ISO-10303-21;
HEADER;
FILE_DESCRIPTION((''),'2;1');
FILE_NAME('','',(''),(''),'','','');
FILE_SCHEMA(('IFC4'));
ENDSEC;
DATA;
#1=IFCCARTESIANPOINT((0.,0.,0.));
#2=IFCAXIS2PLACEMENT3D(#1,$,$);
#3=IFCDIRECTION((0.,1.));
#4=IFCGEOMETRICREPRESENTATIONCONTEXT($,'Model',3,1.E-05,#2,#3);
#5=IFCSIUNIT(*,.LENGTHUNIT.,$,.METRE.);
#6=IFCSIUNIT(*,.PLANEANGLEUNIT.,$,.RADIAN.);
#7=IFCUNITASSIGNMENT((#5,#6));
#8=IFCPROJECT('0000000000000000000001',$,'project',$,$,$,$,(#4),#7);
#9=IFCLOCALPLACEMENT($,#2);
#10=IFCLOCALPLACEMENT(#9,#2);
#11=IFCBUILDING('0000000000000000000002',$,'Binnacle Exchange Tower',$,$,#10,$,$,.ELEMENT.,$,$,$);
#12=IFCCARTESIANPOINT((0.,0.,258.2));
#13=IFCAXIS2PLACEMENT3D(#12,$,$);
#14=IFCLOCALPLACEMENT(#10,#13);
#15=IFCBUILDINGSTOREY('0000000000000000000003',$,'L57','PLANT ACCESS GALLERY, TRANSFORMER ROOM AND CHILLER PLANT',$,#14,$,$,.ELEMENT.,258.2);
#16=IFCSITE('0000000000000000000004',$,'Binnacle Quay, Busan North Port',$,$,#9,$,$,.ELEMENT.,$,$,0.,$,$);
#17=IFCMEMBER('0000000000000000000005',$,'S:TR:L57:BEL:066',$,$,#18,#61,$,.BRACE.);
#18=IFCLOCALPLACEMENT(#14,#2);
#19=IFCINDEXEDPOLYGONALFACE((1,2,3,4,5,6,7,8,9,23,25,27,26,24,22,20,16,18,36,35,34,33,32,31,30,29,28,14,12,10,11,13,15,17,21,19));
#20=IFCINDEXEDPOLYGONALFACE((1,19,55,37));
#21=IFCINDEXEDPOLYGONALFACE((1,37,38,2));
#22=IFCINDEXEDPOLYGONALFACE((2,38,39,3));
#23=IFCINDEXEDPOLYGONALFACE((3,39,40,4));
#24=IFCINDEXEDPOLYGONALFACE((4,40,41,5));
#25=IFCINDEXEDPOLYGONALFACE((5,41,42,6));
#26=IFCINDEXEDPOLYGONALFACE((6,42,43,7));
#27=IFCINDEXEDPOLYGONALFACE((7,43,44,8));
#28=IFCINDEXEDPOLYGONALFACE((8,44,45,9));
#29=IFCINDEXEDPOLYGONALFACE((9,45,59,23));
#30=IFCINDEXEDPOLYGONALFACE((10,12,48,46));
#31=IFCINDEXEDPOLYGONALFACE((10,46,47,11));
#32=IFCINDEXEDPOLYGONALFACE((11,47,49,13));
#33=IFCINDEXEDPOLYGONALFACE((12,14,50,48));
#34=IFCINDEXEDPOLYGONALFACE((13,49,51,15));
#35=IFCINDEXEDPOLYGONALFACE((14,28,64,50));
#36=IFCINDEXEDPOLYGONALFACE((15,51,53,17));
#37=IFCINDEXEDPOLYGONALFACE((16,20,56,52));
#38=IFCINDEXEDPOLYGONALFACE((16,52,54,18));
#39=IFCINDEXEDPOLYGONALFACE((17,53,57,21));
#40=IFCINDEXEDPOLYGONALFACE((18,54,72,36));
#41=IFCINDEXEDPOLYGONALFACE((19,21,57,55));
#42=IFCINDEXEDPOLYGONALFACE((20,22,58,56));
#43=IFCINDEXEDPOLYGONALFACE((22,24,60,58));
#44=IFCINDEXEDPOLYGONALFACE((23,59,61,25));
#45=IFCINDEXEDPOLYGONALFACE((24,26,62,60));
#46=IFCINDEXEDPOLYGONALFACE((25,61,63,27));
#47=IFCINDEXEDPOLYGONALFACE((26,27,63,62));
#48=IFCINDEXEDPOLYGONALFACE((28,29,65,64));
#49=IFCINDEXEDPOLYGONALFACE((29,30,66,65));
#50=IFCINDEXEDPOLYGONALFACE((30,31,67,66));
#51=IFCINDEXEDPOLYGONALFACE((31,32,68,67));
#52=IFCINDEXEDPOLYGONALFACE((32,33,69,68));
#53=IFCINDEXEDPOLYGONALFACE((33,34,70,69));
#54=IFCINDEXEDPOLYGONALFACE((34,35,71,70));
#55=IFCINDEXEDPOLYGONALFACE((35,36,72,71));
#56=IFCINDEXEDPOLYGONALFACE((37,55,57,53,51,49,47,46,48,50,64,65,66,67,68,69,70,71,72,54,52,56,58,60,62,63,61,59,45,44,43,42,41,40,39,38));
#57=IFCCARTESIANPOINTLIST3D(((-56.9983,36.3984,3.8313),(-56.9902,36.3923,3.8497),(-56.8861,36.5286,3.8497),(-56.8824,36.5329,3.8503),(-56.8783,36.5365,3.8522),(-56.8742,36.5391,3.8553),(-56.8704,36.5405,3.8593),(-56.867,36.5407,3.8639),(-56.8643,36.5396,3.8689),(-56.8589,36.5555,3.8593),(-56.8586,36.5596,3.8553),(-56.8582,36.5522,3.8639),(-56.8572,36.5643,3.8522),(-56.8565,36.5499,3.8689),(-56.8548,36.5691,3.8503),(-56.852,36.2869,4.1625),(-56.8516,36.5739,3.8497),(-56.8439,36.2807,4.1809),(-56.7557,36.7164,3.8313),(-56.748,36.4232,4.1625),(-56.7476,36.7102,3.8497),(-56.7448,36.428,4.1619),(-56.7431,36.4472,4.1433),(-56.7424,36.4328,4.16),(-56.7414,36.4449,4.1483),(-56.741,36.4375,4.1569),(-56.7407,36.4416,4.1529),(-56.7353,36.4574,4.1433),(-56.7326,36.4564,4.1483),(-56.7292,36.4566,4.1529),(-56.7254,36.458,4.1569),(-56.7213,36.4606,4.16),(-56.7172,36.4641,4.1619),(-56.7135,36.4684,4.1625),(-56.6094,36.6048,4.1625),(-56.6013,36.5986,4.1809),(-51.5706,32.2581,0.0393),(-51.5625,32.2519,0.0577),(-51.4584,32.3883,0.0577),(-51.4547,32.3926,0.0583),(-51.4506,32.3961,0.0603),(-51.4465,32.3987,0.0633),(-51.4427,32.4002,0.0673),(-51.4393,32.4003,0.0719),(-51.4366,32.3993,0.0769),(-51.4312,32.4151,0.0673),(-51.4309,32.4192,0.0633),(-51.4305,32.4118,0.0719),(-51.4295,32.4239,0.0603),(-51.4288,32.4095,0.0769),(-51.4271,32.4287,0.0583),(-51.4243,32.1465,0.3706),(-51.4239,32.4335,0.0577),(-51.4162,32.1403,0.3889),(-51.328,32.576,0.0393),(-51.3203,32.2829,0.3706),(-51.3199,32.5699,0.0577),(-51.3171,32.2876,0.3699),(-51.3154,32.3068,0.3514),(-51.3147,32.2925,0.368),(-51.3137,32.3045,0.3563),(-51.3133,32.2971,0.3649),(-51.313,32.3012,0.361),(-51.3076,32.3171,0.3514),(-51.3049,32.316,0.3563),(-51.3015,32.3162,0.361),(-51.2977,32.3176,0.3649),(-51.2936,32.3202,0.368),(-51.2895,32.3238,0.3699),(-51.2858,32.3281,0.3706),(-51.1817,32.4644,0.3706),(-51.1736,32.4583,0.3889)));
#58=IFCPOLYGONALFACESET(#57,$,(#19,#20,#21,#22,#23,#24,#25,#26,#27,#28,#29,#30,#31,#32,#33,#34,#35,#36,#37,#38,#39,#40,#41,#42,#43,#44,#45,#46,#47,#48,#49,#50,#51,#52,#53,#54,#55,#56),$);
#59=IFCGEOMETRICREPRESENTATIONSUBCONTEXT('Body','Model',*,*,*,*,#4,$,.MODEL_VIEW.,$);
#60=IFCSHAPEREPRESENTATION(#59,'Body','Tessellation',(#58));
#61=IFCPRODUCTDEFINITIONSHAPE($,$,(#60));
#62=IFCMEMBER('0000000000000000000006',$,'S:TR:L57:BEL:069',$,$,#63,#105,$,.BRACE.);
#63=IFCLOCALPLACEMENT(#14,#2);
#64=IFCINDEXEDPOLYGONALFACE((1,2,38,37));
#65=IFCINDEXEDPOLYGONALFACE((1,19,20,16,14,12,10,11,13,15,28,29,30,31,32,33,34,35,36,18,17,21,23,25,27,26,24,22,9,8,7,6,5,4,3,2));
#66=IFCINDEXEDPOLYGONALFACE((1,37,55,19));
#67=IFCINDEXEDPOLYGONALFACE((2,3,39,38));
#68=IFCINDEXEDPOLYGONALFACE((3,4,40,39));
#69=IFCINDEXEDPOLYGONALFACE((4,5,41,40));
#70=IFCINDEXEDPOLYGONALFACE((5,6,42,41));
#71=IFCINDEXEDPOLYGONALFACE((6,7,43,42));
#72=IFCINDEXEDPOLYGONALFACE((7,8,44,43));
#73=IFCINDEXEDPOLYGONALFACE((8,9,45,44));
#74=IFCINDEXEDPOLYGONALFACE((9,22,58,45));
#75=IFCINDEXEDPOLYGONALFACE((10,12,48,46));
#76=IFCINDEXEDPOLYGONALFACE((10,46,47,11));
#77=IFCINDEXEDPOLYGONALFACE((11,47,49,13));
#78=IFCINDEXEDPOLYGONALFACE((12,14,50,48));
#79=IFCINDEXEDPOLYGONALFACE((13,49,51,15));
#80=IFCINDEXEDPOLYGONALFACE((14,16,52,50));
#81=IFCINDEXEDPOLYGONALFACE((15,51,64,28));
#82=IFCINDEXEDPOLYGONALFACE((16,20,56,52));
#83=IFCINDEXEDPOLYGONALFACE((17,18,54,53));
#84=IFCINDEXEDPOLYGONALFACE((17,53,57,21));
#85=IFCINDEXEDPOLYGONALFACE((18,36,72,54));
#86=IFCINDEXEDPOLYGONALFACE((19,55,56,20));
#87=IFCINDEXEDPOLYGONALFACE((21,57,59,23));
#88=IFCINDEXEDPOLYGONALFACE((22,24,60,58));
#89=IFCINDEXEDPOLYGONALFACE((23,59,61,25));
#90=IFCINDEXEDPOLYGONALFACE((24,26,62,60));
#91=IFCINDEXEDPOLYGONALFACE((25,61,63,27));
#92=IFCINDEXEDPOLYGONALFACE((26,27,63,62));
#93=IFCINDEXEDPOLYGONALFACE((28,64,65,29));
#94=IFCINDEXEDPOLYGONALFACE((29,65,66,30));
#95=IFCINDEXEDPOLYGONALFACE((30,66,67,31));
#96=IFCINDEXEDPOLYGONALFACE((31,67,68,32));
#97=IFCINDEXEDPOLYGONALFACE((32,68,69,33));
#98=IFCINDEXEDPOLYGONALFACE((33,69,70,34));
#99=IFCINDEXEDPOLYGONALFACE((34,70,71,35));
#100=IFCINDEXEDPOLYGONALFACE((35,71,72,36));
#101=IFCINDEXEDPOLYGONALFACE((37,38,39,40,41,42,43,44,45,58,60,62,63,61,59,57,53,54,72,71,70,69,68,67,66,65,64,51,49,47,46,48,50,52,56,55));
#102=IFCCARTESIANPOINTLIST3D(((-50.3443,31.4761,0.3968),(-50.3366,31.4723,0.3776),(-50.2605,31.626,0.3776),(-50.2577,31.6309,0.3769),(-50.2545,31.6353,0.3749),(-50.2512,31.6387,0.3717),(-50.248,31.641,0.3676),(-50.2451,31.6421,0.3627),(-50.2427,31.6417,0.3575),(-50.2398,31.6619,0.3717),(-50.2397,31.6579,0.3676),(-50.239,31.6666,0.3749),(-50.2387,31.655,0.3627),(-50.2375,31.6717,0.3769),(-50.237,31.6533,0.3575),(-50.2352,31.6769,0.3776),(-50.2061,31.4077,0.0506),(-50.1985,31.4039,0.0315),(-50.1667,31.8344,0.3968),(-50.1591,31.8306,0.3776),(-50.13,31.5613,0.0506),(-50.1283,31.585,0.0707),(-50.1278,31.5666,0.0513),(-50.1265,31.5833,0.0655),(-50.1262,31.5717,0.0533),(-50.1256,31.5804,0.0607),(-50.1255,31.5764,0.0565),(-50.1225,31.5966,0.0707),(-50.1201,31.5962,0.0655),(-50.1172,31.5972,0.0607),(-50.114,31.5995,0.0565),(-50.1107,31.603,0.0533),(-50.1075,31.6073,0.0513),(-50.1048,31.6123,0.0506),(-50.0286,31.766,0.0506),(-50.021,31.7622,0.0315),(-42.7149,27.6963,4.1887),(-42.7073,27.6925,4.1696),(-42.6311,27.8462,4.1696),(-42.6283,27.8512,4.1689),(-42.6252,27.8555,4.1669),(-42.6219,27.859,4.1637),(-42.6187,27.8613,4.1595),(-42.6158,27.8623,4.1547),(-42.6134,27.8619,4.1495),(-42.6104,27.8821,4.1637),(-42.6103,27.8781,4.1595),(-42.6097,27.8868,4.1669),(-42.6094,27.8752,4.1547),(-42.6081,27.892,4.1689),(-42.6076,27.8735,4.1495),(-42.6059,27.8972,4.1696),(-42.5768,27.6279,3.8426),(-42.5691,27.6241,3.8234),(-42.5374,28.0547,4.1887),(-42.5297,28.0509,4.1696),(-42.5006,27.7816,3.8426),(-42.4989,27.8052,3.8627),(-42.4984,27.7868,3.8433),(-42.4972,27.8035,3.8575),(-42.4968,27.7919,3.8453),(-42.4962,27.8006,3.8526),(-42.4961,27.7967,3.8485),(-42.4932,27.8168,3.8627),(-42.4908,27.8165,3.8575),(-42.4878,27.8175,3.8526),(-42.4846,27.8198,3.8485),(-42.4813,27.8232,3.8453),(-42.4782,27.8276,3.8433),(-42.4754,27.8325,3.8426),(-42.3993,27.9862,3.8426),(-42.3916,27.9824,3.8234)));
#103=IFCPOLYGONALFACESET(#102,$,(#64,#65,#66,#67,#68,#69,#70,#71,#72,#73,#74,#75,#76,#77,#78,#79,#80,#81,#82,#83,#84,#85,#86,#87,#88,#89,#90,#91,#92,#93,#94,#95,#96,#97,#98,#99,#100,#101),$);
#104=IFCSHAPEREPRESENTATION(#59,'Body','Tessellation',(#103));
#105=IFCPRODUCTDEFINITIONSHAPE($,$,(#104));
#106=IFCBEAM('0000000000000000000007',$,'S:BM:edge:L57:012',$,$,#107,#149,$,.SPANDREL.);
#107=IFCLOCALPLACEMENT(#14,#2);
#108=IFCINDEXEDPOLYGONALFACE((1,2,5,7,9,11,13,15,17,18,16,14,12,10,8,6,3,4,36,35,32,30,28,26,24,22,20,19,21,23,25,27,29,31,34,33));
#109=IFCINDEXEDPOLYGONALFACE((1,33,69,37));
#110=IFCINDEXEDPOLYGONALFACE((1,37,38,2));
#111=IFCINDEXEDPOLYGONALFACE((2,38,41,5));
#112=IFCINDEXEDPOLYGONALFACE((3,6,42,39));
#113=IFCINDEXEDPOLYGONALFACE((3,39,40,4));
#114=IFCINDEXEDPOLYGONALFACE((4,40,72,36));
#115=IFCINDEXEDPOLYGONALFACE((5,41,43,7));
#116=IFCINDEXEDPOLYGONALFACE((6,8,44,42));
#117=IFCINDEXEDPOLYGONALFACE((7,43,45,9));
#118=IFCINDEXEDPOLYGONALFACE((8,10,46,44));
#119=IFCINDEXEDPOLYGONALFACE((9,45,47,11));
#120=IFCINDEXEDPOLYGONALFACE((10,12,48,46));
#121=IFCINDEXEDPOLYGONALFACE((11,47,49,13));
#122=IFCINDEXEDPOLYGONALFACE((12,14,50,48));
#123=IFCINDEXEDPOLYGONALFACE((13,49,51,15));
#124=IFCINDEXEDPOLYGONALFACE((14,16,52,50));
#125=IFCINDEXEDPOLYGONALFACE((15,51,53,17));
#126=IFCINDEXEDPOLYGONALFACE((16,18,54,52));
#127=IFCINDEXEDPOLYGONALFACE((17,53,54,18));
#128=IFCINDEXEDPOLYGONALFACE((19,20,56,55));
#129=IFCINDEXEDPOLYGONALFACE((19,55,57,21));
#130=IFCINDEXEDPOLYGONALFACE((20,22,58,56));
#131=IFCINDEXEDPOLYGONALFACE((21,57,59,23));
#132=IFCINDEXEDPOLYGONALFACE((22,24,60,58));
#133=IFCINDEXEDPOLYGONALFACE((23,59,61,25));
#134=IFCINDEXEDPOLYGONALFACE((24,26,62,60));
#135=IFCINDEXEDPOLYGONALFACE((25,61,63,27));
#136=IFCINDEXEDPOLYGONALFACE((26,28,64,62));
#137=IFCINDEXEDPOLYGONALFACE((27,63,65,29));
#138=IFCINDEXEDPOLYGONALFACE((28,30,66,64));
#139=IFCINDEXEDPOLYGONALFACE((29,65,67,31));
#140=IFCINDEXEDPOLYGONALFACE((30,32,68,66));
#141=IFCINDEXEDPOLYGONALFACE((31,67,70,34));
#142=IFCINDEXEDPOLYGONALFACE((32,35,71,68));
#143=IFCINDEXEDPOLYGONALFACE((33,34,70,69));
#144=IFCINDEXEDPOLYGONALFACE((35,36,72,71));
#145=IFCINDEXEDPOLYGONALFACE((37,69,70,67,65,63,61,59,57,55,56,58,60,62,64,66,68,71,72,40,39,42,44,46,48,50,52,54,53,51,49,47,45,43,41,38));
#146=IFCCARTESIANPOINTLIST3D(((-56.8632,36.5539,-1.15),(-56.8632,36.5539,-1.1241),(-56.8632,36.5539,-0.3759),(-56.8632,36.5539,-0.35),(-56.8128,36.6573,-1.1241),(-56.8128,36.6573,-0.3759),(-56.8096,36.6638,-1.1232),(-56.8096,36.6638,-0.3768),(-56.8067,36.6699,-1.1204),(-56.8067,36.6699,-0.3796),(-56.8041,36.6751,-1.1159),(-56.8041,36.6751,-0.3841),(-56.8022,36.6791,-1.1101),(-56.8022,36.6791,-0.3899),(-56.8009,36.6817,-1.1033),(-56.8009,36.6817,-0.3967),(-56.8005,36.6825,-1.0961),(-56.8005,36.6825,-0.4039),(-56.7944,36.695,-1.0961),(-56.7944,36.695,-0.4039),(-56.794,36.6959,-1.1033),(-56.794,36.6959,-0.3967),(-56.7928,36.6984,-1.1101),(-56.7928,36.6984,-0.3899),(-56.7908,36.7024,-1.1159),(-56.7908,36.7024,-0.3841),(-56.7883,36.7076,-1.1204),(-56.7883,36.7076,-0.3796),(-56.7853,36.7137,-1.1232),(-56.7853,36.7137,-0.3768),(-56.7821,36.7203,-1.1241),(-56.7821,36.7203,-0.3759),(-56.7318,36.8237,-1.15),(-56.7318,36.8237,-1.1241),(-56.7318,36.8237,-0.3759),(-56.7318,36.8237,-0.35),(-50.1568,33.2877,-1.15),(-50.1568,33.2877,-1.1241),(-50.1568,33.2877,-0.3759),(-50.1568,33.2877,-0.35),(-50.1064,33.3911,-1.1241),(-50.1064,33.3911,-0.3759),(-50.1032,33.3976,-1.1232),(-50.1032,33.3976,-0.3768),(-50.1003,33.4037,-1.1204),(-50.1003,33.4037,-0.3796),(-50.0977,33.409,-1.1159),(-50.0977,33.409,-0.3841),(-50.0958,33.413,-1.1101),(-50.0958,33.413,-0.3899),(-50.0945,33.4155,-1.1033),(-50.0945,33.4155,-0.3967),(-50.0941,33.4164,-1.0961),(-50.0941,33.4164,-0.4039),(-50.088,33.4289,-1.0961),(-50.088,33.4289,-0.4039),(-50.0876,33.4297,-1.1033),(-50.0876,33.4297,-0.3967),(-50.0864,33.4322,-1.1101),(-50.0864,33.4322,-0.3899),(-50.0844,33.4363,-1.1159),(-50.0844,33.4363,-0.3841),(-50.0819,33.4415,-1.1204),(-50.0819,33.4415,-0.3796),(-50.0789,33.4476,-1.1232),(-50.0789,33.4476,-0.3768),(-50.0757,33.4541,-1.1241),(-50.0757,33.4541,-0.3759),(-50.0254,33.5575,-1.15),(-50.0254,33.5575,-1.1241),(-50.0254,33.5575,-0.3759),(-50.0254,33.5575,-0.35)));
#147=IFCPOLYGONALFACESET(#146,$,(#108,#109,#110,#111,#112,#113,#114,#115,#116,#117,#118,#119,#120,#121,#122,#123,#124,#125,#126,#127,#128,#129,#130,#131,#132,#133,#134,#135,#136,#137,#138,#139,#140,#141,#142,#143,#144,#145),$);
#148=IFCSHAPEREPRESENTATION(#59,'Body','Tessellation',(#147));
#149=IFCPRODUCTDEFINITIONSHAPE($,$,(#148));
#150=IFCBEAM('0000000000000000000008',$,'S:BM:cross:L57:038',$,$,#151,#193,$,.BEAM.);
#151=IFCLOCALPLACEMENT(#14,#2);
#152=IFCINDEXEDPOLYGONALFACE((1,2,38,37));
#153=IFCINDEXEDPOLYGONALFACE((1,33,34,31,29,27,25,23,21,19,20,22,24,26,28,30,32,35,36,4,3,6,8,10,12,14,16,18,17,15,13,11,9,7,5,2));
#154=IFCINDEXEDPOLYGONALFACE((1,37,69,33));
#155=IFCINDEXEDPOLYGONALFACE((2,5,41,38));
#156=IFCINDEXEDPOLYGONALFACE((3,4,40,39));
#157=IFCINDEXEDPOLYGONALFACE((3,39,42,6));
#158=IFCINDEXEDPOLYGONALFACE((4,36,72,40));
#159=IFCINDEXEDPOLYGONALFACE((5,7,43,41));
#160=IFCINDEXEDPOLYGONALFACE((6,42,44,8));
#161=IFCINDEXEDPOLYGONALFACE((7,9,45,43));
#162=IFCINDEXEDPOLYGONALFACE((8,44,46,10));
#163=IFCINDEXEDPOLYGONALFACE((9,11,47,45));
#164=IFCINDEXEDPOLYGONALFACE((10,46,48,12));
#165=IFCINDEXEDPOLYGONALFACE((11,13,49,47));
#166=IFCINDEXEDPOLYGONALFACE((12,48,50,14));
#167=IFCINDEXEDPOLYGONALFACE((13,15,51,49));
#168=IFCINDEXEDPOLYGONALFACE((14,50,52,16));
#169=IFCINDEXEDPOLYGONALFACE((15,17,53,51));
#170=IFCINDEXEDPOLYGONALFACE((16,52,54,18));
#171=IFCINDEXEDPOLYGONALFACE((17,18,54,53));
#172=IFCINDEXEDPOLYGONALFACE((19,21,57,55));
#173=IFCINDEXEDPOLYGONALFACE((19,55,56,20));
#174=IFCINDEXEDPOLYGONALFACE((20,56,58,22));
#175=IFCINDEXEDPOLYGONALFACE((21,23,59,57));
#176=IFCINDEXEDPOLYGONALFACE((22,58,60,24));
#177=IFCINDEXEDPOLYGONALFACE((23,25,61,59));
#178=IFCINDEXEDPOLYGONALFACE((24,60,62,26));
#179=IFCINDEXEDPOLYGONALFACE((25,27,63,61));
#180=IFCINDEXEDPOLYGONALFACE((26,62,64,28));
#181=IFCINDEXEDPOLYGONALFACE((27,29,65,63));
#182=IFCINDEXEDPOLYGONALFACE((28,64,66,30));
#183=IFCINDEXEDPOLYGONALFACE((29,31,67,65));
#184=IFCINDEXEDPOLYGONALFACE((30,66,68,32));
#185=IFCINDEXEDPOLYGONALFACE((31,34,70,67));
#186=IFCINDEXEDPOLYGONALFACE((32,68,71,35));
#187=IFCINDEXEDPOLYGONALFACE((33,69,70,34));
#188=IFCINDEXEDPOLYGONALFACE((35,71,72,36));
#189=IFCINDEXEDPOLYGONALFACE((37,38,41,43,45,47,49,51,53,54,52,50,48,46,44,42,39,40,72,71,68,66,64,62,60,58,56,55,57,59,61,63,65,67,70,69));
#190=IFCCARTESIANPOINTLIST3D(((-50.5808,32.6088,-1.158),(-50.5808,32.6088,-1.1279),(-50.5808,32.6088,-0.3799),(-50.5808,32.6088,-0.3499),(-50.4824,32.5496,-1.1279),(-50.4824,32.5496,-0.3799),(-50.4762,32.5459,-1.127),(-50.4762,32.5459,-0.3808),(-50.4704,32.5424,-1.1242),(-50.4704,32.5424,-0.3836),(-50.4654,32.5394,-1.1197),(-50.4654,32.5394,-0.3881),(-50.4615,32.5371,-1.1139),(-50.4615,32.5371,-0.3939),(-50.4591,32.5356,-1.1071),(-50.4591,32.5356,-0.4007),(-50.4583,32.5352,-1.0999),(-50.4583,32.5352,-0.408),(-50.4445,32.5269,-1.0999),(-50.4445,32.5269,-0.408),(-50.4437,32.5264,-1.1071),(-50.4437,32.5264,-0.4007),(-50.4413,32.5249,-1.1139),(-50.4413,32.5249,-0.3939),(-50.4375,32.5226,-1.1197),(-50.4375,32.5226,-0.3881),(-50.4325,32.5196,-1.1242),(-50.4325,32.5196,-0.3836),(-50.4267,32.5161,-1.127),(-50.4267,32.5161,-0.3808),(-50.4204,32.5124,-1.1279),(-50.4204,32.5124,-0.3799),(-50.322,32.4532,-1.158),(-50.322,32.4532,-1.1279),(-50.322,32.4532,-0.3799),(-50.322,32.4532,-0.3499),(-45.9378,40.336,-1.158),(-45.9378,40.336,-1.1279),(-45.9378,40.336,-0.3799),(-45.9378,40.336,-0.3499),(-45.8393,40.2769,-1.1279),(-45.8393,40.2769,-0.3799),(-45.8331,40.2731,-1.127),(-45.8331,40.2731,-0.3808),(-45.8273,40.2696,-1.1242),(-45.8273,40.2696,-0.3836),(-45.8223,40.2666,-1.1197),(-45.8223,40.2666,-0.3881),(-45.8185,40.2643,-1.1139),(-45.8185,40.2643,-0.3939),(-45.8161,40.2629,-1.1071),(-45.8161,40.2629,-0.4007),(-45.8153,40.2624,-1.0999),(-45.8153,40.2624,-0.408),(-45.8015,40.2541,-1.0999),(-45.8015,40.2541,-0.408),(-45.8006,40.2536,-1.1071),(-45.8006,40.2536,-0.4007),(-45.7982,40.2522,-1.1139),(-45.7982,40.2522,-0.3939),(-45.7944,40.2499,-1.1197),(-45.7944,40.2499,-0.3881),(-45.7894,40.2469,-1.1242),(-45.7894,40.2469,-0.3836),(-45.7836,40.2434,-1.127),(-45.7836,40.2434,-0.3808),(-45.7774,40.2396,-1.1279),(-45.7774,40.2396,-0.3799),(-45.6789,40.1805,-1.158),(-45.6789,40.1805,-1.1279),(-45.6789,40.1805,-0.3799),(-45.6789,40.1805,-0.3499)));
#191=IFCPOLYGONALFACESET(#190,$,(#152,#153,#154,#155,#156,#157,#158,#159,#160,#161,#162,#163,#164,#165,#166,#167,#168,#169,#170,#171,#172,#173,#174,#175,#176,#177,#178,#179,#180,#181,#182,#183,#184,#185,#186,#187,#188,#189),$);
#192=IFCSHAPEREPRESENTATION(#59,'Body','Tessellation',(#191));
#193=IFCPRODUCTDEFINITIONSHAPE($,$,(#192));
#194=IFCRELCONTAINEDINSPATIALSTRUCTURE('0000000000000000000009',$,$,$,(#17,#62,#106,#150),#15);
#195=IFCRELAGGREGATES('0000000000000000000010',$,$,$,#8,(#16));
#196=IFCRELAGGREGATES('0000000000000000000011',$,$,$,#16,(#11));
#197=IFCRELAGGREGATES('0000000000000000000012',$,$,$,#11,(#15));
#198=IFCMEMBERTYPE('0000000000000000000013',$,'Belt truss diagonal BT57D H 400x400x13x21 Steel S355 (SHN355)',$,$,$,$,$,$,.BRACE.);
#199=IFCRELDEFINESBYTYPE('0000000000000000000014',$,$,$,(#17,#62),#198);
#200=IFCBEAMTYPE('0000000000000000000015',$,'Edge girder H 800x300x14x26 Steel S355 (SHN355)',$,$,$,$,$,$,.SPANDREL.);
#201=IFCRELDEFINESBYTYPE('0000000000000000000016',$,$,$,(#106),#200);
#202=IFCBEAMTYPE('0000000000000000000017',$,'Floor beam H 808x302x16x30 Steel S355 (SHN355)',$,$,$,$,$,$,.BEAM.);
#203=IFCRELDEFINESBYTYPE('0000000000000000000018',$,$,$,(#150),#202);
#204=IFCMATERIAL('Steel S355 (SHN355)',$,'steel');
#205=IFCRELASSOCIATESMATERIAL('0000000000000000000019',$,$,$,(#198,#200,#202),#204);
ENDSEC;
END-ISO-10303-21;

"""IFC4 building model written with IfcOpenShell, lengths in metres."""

from ifc_helpers import new_model, si_unit, direction, frame, origin, origin_2d, place, context, subcontext, project, spatial, i_section, extrude, material, material_profile, profile_set, type_object, element, save


model = new_model("IFC4")

# Units and contexts
model_context = context("Model", 3, precision=1e-05, world=origin(), true_north=direction((0.0, 1.0)))
body_context = subcontext(model_context, "Body", "Model", "MODEL_VIEW")
ifc_project = project(units=[si_unit("LENGTHUNIT", "METRE"), si_unit("PLANEANGLEUNIT", "RADIAN")], contexts=[model_context])

# Site, building, storey
site_placement = place(None, origin())
site = spatial("IfcSite", under=ifc_project, at=site_placement, Name="Binnacle Quay, Busan North Port", CompositionType="ELEMENT", RefElevation=0.0)
building_placement = place(site_placement, origin())
building = spatial("IfcBuilding", under=site, at=building_placement, Name="Binnacle Exchange Tower", CompositionType="ELEMENT")
storey_placement = place(building_placement, frame((0.0, 0.0, 258.2)))
storey = spatial("IfcBuildingStorey", under=building, at=storey_placement, Name="L57", Description="PLANT ACCESS GALLERY, TRANSFORMER ROOM AND CHILLER PLANT", CompositionType="ELEMENT", Elevation=258.2)

# Members
ifc_material_1 = material(Name="Steel S355 (SHN355)", Category="steel")
ifc_material_profile_1 = material_profile(ifc_material_1, i_section(OverallWidth=0.3999, OverallDepth=0.3999, WebThickness=0.0129, FlangeThickness=0.021, FilletRadius=0.022, at=origin_2d()), Name="H 400x400x13x21")
ifc_profile_set_1 = profile_set([ifc_material_profile_1], Name="Steel S355 (SHN355)")
member_type_1 = type_object("IfcMemberType", Name="Belt truss diagonal BT57D H 400x400x13x21 Steel S355 (SHN355)", PredefinedType="BRACE", material=ifc_profile_set_1)
member_1_placement = place(storey_placement, frame((-56.7998, 36.4985, 4.0061), z_axis=(0.695051, -0.530199, -0.485585), x_axis=(0.606503, 0.795081, 0.0)))
element("IfcMember", 1, at=member_1_placement, inside=storey, type_object=member_type_1, Name="S:TR:L57:BEL:066", PredefinedType="BRACE", context=body_context, shape_type="SweptSolid", body=[
    extrude(i_section(OverallWidth=0.3999, OverallDepth=0.3999, WebThickness=0.0129, FlangeThickness=0.021, FilletRadius=0.022, at=origin_2d()), origin(), (0.0, 0.0, 1.0), 7.8091),
])
member_2_placement = place(storey_placement, frame((-50.1826, 31.6191, 0.2141), z_axis=(0.818552, -0.40553, 0.40684), x_axis=(0.44393, 0.896061, 0.0)))
element("IfcMember", 2, at=member_2_placement, inside=storey, type_object=member_type_1, Name="S:TR:L57:BEL:069", PredefinedType="BRACE", context=body_context, shape_type="SweptSolid", body=[
    extrude(i_section(OverallWidth=0.3999, OverallDepth=0.3999, WebThickness=0.0129, FlangeThickness=0.021, FilletRadius=0.022, at=origin_2d()), origin(), (0.0, 0.0, 1.0), 9.3206),
])

# Beams
ifc_material_profile_2 = material_profile(ifc_material_1, i_section(OverallWidth=0.3, OverallDepth=0.8, WebThickness=0.0139, FlangeThickness=0.0259, FilletRadius=0.0281, at=origin_2d()), Name="H 800x300x14x26")
ifc_profile_set_2 = profile_set([ifc_material_profile_2], Name="Steel S355 (SHN355)")
beam_type_1 = type_object("IfcBeamType", Name="Edge girder H 800x300x14x26 Steel S355 (SHN355)", PredefinedType="SPANDREL", material=ifc_profile_set_2)
beam_1_placement = place(storey_placement, frame((-50.0911, 33.4226, -0.75), z_axis=(-0.899046, 0.437855, 0.0), x_axis=(-0.437855, -0.899046, 0.0)))
element("IfcBeam", 3, at=beam_1_placement, inside=storey, type_object=beam_type_1, Name="S:BM:edge:L57:012", PredefinedType="SPANDREL", context=body_context, shape_type="SweptSolid", body=[
    extrude(i_section(OverallWidth=0.3, OverallDepth=0.8, WebThickness=0.0139, FlangeThickness=0.0259, FilletRadius=0.0281, at=origin_2d()), origin(), (0.0, 0.0, 1.0), 7.4595),
])
ifc_material_profile_3 = material_profile(ifc_material_1, i_section(OverallWidth=0.302, OverallDepth=0.8081, WebThickness=0.0161, FlangeThickness=0.03, FilletRadius=0.0281, at=origin_2d()), Name="H 808x302x16x30")
ifc_profile_set_3 = profile_set([ifc_material_profile_3], Name="Steel S355 (SHN355)")
beam_type_2 = type_object("IfcBeamType", Name="Floor beam H 808x302x16x30 Steel S355 (SHN355)", PredefinedType="BEAM", material=ifc_profile_set_3)
beam_2_placement = place(storey_placement, frame((-50.4514, 32.531, -0.7539), z_axis=(0.515041, 0.857165, 0.0), x_axis=(-0.857165, 0.515041, 0.0)))
element("IfcBeam", 4, at=beam_2_placement, inside=storey, type_object=beam_type_2, Name="S:BM:cross:L57:038", PredefinedType="BEAM", context=body_context, shape_type="SweptSolid", body=[
    extrude(i_section(OverallWidth=0.302, OverallDepth=0.8081, WebThickness=0.0161, FlangeThickness=0.03, FilletRadius=0.0281, at=origin_2d()), origin(), (0.0, 0.0, 1.0), 9.0149),
])

save(model, "model.ifc")
